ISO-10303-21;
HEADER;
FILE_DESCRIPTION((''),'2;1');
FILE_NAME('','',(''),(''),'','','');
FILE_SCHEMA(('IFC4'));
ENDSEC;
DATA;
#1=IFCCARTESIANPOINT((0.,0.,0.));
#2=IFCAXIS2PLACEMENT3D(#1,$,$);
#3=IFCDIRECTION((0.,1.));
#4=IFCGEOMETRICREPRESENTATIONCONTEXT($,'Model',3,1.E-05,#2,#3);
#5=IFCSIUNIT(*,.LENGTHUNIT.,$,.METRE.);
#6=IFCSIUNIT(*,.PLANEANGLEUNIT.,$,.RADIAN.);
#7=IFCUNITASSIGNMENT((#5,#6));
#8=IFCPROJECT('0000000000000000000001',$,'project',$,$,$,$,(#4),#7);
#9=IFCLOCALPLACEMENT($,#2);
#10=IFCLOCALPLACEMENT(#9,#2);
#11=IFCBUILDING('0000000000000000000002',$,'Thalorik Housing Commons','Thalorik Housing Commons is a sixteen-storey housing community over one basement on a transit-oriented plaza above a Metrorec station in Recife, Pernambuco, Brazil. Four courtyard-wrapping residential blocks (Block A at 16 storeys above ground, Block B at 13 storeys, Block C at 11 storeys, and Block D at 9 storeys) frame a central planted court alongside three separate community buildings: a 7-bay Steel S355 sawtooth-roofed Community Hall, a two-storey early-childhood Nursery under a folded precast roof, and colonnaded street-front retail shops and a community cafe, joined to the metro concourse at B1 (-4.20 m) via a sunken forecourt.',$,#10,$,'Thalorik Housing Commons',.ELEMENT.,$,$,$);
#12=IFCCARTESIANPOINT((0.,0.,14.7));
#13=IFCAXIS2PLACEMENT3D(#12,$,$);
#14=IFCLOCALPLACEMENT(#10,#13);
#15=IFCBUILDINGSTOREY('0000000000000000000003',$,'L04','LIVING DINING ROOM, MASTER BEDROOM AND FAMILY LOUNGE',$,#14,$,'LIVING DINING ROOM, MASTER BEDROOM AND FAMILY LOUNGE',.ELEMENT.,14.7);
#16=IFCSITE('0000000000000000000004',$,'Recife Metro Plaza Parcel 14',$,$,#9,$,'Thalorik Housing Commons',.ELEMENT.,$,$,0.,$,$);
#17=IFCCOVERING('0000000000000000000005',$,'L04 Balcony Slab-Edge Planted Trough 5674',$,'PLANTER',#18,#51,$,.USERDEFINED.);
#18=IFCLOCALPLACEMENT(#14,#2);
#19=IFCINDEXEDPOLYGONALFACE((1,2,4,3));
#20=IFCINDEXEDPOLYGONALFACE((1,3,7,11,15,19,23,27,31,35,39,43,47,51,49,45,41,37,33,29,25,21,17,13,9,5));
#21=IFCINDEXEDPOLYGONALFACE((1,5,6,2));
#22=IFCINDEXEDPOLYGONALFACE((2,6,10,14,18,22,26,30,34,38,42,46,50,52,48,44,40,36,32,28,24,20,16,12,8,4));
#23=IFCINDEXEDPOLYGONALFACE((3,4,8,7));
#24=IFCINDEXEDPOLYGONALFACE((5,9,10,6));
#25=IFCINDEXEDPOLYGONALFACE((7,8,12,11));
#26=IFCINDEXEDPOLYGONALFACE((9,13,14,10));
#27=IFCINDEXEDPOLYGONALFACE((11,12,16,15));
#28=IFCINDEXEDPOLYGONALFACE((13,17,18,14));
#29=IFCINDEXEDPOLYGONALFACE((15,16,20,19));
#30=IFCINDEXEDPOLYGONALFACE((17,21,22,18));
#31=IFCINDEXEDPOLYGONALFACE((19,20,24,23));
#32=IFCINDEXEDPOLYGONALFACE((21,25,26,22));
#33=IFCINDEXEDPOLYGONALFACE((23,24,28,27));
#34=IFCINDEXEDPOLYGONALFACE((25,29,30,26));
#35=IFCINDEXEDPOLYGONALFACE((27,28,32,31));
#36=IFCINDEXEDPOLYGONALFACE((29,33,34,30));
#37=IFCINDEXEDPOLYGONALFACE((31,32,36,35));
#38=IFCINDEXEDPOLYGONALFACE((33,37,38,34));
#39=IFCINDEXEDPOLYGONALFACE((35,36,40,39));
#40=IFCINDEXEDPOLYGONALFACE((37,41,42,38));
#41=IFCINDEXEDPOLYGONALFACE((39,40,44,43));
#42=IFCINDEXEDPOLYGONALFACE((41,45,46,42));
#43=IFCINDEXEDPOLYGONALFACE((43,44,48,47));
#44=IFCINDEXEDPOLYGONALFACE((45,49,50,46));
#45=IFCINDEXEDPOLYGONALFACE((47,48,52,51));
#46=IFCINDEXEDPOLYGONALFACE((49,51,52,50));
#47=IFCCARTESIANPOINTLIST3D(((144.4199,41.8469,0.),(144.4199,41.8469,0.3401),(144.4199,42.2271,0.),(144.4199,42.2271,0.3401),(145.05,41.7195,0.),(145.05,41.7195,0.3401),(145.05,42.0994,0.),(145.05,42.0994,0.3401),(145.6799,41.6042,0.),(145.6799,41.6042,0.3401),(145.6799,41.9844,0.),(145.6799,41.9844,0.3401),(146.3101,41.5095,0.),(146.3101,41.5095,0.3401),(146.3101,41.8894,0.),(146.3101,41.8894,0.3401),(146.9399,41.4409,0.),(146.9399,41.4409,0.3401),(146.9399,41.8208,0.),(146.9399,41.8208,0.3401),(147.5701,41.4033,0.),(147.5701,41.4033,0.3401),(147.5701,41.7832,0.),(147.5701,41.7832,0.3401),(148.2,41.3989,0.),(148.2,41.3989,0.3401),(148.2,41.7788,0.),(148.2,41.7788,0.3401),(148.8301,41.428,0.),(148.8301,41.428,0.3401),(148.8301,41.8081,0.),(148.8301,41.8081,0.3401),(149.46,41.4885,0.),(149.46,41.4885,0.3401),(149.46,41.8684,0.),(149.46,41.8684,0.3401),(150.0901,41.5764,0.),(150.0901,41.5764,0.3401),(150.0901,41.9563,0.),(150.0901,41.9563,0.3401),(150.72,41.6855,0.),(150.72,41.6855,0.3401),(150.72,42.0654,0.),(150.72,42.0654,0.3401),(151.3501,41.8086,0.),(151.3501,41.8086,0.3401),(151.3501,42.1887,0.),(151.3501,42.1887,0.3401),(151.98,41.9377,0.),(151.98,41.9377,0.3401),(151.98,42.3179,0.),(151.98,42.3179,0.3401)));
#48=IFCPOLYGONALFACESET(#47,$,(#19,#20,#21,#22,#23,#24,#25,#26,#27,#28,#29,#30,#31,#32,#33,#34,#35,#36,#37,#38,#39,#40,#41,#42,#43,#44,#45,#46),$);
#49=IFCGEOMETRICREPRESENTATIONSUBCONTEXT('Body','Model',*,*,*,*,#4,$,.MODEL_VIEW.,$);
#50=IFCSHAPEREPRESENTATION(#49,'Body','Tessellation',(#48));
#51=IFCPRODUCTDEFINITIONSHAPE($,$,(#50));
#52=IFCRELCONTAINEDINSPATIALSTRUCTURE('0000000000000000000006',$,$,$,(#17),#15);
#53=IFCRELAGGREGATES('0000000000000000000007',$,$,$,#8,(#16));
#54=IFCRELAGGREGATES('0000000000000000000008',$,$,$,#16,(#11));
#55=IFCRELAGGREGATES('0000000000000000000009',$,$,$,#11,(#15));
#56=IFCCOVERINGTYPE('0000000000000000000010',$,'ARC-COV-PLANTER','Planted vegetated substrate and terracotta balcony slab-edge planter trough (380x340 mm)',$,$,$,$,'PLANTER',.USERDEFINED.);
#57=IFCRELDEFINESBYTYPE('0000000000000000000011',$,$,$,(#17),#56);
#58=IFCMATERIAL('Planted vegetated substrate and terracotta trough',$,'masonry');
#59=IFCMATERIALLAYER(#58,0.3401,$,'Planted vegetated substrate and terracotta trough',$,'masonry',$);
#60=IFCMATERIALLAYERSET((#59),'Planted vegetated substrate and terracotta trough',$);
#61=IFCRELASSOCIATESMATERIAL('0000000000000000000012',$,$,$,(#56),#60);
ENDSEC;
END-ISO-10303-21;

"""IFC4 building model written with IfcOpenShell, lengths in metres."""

from ifc_helpers import new_model, si_unit, direction, frame, origin, place, context, subcontext, project, spatial, polyline, outline, extrude, material, layer, layer_set, type_object, element, save


model = new_model("IFC4")

# Units and contexts
model_context = context("Model", 3, precision=1e-05, world=origin(), true_north=direction((0.0, 1.0)))
body_context = subcontext(model_context, "Body", "Model", "MODEL_VIEW")
ifc_project = project(units=[si_unit("LENGTHUNIT", "METRE"), si_unit("PLANEANGLEUNIT", "RADIAN")], contexts=[model_context])

# Site, building, storey
site_placement = place(None, origin())
site = spatial("IfcSite", under=ifc_project, at=site_placement, Name="Recife Metro Plaza Parcel 14", LongName="Thalorik Housing Commons", CompositionType="ELEMENT", RefElevation=0.0)
building_placement = place(site_placement, origin())
building = spatial("IfcBuilding", under=site, at=building_placement, Name="Thalorik Housing Commons", Description="Thalorik Housing Commons is a sixteen-storey housing community over one basement on a transit-oriented plaza above a Metrorec station in Recife, Pernambuco, Brazil. Four courtyard-wrapping residential blocks (Block A at 16 storeys above ground, Block B at 13 storeys, Block C at 11 storeys, and Block D at 9 storeys) frame a central planted court alongside three separate community buildings: a 7-bay Steel S355 sawtooth-roofed Community Hall, a two-storey early-childhood Nursery under a folded precast roof, and colonnaded street-front retail shops and a community cafe, joined to the metro concourse at B1 (-4.20 m) via a sunken forecourt.", LongName="Thalorik Housing Commons", CompositionType="ELEMENT")
storey_placement = place(building_placement, frame((0.0, 0.0, 14.7)))
storey = spatial("IfcBuildingStorey", under=building, at=storey_placement, Name="L04", Description="LIVING DINING ROOM, MASTER BEDROOM AND FAMILY LOUNGE", LongName="LIVING DINING ROOM, MASTER BEDROOM AND FAMILY LOUNGE", CompositionType="ELEMENT", Elevation=14.7)

# Covering
ifc_material_1 = material(Name="Planted vegetated substrate and terracotta trough", Category="masonry")
ifc_layer_1 = layer(ifc_material_1, 0.3401, Name="Planted vegetated substrate and terracotta trough", Category="masonry")
ifc_layer_set_1 = layer_set([ifc_layer_1], Name="Planted vegetated substrate and terracotta trough")
covering_type = type_object("IfcCoveringType", Name="ARC-COV-PLANTER", Description="Planted vegetated substrate and terracotta balcony slab-edge planter trough (380x340 mm)", ElementType="PLANTER", PredefinedType="USERDEFINED", material=ifc_layer_set_1)
covering_1_placement = place(storey_placement, origin())
element("IfcCovering", 1, at=covering_1_placement, inside=storey, type_object=covering_type, Name="L04 Balcony Slab-Edge Planted Trough 5674", ObjectType="PLANTER", PredefinedType="USERDEFINED", context=body_context, shape_type="SweptSolid", body=[
    extrude(outline(polyline([(144.4199, 41.8469), (145.05, 41.7195), (145.6799, 41.6042), (146.3101, 41.5095), (146.9399, 41.4409), (147.5701, 41.4033), (148.2, 41.3989), (148.8301, 41.428), (149.46, 41.4885), (150.0901, 41.5764), (150.72, 41.6855), (151.3501, 41.8086), (151.98, 41.9377), (151.98, 42.3179), (151.3501, 42.1887), (150.72, 42.0654), (150.0901, 41.9563), (149.46, 41.8684), (148.8301, 41.8081), (148.2, 41.7788), (147.5701, 41.7832), (146.9399, 41.8208), (146.3101, 41.8894), (145.6799, 41.9844), (145.05, 42.0994), (144.4199, 42.2271), (144.4199, 41.8469)])), origin(), (0.0, 0.0, 1.0), 0.3401),
])

save(model, "model.ifc")
